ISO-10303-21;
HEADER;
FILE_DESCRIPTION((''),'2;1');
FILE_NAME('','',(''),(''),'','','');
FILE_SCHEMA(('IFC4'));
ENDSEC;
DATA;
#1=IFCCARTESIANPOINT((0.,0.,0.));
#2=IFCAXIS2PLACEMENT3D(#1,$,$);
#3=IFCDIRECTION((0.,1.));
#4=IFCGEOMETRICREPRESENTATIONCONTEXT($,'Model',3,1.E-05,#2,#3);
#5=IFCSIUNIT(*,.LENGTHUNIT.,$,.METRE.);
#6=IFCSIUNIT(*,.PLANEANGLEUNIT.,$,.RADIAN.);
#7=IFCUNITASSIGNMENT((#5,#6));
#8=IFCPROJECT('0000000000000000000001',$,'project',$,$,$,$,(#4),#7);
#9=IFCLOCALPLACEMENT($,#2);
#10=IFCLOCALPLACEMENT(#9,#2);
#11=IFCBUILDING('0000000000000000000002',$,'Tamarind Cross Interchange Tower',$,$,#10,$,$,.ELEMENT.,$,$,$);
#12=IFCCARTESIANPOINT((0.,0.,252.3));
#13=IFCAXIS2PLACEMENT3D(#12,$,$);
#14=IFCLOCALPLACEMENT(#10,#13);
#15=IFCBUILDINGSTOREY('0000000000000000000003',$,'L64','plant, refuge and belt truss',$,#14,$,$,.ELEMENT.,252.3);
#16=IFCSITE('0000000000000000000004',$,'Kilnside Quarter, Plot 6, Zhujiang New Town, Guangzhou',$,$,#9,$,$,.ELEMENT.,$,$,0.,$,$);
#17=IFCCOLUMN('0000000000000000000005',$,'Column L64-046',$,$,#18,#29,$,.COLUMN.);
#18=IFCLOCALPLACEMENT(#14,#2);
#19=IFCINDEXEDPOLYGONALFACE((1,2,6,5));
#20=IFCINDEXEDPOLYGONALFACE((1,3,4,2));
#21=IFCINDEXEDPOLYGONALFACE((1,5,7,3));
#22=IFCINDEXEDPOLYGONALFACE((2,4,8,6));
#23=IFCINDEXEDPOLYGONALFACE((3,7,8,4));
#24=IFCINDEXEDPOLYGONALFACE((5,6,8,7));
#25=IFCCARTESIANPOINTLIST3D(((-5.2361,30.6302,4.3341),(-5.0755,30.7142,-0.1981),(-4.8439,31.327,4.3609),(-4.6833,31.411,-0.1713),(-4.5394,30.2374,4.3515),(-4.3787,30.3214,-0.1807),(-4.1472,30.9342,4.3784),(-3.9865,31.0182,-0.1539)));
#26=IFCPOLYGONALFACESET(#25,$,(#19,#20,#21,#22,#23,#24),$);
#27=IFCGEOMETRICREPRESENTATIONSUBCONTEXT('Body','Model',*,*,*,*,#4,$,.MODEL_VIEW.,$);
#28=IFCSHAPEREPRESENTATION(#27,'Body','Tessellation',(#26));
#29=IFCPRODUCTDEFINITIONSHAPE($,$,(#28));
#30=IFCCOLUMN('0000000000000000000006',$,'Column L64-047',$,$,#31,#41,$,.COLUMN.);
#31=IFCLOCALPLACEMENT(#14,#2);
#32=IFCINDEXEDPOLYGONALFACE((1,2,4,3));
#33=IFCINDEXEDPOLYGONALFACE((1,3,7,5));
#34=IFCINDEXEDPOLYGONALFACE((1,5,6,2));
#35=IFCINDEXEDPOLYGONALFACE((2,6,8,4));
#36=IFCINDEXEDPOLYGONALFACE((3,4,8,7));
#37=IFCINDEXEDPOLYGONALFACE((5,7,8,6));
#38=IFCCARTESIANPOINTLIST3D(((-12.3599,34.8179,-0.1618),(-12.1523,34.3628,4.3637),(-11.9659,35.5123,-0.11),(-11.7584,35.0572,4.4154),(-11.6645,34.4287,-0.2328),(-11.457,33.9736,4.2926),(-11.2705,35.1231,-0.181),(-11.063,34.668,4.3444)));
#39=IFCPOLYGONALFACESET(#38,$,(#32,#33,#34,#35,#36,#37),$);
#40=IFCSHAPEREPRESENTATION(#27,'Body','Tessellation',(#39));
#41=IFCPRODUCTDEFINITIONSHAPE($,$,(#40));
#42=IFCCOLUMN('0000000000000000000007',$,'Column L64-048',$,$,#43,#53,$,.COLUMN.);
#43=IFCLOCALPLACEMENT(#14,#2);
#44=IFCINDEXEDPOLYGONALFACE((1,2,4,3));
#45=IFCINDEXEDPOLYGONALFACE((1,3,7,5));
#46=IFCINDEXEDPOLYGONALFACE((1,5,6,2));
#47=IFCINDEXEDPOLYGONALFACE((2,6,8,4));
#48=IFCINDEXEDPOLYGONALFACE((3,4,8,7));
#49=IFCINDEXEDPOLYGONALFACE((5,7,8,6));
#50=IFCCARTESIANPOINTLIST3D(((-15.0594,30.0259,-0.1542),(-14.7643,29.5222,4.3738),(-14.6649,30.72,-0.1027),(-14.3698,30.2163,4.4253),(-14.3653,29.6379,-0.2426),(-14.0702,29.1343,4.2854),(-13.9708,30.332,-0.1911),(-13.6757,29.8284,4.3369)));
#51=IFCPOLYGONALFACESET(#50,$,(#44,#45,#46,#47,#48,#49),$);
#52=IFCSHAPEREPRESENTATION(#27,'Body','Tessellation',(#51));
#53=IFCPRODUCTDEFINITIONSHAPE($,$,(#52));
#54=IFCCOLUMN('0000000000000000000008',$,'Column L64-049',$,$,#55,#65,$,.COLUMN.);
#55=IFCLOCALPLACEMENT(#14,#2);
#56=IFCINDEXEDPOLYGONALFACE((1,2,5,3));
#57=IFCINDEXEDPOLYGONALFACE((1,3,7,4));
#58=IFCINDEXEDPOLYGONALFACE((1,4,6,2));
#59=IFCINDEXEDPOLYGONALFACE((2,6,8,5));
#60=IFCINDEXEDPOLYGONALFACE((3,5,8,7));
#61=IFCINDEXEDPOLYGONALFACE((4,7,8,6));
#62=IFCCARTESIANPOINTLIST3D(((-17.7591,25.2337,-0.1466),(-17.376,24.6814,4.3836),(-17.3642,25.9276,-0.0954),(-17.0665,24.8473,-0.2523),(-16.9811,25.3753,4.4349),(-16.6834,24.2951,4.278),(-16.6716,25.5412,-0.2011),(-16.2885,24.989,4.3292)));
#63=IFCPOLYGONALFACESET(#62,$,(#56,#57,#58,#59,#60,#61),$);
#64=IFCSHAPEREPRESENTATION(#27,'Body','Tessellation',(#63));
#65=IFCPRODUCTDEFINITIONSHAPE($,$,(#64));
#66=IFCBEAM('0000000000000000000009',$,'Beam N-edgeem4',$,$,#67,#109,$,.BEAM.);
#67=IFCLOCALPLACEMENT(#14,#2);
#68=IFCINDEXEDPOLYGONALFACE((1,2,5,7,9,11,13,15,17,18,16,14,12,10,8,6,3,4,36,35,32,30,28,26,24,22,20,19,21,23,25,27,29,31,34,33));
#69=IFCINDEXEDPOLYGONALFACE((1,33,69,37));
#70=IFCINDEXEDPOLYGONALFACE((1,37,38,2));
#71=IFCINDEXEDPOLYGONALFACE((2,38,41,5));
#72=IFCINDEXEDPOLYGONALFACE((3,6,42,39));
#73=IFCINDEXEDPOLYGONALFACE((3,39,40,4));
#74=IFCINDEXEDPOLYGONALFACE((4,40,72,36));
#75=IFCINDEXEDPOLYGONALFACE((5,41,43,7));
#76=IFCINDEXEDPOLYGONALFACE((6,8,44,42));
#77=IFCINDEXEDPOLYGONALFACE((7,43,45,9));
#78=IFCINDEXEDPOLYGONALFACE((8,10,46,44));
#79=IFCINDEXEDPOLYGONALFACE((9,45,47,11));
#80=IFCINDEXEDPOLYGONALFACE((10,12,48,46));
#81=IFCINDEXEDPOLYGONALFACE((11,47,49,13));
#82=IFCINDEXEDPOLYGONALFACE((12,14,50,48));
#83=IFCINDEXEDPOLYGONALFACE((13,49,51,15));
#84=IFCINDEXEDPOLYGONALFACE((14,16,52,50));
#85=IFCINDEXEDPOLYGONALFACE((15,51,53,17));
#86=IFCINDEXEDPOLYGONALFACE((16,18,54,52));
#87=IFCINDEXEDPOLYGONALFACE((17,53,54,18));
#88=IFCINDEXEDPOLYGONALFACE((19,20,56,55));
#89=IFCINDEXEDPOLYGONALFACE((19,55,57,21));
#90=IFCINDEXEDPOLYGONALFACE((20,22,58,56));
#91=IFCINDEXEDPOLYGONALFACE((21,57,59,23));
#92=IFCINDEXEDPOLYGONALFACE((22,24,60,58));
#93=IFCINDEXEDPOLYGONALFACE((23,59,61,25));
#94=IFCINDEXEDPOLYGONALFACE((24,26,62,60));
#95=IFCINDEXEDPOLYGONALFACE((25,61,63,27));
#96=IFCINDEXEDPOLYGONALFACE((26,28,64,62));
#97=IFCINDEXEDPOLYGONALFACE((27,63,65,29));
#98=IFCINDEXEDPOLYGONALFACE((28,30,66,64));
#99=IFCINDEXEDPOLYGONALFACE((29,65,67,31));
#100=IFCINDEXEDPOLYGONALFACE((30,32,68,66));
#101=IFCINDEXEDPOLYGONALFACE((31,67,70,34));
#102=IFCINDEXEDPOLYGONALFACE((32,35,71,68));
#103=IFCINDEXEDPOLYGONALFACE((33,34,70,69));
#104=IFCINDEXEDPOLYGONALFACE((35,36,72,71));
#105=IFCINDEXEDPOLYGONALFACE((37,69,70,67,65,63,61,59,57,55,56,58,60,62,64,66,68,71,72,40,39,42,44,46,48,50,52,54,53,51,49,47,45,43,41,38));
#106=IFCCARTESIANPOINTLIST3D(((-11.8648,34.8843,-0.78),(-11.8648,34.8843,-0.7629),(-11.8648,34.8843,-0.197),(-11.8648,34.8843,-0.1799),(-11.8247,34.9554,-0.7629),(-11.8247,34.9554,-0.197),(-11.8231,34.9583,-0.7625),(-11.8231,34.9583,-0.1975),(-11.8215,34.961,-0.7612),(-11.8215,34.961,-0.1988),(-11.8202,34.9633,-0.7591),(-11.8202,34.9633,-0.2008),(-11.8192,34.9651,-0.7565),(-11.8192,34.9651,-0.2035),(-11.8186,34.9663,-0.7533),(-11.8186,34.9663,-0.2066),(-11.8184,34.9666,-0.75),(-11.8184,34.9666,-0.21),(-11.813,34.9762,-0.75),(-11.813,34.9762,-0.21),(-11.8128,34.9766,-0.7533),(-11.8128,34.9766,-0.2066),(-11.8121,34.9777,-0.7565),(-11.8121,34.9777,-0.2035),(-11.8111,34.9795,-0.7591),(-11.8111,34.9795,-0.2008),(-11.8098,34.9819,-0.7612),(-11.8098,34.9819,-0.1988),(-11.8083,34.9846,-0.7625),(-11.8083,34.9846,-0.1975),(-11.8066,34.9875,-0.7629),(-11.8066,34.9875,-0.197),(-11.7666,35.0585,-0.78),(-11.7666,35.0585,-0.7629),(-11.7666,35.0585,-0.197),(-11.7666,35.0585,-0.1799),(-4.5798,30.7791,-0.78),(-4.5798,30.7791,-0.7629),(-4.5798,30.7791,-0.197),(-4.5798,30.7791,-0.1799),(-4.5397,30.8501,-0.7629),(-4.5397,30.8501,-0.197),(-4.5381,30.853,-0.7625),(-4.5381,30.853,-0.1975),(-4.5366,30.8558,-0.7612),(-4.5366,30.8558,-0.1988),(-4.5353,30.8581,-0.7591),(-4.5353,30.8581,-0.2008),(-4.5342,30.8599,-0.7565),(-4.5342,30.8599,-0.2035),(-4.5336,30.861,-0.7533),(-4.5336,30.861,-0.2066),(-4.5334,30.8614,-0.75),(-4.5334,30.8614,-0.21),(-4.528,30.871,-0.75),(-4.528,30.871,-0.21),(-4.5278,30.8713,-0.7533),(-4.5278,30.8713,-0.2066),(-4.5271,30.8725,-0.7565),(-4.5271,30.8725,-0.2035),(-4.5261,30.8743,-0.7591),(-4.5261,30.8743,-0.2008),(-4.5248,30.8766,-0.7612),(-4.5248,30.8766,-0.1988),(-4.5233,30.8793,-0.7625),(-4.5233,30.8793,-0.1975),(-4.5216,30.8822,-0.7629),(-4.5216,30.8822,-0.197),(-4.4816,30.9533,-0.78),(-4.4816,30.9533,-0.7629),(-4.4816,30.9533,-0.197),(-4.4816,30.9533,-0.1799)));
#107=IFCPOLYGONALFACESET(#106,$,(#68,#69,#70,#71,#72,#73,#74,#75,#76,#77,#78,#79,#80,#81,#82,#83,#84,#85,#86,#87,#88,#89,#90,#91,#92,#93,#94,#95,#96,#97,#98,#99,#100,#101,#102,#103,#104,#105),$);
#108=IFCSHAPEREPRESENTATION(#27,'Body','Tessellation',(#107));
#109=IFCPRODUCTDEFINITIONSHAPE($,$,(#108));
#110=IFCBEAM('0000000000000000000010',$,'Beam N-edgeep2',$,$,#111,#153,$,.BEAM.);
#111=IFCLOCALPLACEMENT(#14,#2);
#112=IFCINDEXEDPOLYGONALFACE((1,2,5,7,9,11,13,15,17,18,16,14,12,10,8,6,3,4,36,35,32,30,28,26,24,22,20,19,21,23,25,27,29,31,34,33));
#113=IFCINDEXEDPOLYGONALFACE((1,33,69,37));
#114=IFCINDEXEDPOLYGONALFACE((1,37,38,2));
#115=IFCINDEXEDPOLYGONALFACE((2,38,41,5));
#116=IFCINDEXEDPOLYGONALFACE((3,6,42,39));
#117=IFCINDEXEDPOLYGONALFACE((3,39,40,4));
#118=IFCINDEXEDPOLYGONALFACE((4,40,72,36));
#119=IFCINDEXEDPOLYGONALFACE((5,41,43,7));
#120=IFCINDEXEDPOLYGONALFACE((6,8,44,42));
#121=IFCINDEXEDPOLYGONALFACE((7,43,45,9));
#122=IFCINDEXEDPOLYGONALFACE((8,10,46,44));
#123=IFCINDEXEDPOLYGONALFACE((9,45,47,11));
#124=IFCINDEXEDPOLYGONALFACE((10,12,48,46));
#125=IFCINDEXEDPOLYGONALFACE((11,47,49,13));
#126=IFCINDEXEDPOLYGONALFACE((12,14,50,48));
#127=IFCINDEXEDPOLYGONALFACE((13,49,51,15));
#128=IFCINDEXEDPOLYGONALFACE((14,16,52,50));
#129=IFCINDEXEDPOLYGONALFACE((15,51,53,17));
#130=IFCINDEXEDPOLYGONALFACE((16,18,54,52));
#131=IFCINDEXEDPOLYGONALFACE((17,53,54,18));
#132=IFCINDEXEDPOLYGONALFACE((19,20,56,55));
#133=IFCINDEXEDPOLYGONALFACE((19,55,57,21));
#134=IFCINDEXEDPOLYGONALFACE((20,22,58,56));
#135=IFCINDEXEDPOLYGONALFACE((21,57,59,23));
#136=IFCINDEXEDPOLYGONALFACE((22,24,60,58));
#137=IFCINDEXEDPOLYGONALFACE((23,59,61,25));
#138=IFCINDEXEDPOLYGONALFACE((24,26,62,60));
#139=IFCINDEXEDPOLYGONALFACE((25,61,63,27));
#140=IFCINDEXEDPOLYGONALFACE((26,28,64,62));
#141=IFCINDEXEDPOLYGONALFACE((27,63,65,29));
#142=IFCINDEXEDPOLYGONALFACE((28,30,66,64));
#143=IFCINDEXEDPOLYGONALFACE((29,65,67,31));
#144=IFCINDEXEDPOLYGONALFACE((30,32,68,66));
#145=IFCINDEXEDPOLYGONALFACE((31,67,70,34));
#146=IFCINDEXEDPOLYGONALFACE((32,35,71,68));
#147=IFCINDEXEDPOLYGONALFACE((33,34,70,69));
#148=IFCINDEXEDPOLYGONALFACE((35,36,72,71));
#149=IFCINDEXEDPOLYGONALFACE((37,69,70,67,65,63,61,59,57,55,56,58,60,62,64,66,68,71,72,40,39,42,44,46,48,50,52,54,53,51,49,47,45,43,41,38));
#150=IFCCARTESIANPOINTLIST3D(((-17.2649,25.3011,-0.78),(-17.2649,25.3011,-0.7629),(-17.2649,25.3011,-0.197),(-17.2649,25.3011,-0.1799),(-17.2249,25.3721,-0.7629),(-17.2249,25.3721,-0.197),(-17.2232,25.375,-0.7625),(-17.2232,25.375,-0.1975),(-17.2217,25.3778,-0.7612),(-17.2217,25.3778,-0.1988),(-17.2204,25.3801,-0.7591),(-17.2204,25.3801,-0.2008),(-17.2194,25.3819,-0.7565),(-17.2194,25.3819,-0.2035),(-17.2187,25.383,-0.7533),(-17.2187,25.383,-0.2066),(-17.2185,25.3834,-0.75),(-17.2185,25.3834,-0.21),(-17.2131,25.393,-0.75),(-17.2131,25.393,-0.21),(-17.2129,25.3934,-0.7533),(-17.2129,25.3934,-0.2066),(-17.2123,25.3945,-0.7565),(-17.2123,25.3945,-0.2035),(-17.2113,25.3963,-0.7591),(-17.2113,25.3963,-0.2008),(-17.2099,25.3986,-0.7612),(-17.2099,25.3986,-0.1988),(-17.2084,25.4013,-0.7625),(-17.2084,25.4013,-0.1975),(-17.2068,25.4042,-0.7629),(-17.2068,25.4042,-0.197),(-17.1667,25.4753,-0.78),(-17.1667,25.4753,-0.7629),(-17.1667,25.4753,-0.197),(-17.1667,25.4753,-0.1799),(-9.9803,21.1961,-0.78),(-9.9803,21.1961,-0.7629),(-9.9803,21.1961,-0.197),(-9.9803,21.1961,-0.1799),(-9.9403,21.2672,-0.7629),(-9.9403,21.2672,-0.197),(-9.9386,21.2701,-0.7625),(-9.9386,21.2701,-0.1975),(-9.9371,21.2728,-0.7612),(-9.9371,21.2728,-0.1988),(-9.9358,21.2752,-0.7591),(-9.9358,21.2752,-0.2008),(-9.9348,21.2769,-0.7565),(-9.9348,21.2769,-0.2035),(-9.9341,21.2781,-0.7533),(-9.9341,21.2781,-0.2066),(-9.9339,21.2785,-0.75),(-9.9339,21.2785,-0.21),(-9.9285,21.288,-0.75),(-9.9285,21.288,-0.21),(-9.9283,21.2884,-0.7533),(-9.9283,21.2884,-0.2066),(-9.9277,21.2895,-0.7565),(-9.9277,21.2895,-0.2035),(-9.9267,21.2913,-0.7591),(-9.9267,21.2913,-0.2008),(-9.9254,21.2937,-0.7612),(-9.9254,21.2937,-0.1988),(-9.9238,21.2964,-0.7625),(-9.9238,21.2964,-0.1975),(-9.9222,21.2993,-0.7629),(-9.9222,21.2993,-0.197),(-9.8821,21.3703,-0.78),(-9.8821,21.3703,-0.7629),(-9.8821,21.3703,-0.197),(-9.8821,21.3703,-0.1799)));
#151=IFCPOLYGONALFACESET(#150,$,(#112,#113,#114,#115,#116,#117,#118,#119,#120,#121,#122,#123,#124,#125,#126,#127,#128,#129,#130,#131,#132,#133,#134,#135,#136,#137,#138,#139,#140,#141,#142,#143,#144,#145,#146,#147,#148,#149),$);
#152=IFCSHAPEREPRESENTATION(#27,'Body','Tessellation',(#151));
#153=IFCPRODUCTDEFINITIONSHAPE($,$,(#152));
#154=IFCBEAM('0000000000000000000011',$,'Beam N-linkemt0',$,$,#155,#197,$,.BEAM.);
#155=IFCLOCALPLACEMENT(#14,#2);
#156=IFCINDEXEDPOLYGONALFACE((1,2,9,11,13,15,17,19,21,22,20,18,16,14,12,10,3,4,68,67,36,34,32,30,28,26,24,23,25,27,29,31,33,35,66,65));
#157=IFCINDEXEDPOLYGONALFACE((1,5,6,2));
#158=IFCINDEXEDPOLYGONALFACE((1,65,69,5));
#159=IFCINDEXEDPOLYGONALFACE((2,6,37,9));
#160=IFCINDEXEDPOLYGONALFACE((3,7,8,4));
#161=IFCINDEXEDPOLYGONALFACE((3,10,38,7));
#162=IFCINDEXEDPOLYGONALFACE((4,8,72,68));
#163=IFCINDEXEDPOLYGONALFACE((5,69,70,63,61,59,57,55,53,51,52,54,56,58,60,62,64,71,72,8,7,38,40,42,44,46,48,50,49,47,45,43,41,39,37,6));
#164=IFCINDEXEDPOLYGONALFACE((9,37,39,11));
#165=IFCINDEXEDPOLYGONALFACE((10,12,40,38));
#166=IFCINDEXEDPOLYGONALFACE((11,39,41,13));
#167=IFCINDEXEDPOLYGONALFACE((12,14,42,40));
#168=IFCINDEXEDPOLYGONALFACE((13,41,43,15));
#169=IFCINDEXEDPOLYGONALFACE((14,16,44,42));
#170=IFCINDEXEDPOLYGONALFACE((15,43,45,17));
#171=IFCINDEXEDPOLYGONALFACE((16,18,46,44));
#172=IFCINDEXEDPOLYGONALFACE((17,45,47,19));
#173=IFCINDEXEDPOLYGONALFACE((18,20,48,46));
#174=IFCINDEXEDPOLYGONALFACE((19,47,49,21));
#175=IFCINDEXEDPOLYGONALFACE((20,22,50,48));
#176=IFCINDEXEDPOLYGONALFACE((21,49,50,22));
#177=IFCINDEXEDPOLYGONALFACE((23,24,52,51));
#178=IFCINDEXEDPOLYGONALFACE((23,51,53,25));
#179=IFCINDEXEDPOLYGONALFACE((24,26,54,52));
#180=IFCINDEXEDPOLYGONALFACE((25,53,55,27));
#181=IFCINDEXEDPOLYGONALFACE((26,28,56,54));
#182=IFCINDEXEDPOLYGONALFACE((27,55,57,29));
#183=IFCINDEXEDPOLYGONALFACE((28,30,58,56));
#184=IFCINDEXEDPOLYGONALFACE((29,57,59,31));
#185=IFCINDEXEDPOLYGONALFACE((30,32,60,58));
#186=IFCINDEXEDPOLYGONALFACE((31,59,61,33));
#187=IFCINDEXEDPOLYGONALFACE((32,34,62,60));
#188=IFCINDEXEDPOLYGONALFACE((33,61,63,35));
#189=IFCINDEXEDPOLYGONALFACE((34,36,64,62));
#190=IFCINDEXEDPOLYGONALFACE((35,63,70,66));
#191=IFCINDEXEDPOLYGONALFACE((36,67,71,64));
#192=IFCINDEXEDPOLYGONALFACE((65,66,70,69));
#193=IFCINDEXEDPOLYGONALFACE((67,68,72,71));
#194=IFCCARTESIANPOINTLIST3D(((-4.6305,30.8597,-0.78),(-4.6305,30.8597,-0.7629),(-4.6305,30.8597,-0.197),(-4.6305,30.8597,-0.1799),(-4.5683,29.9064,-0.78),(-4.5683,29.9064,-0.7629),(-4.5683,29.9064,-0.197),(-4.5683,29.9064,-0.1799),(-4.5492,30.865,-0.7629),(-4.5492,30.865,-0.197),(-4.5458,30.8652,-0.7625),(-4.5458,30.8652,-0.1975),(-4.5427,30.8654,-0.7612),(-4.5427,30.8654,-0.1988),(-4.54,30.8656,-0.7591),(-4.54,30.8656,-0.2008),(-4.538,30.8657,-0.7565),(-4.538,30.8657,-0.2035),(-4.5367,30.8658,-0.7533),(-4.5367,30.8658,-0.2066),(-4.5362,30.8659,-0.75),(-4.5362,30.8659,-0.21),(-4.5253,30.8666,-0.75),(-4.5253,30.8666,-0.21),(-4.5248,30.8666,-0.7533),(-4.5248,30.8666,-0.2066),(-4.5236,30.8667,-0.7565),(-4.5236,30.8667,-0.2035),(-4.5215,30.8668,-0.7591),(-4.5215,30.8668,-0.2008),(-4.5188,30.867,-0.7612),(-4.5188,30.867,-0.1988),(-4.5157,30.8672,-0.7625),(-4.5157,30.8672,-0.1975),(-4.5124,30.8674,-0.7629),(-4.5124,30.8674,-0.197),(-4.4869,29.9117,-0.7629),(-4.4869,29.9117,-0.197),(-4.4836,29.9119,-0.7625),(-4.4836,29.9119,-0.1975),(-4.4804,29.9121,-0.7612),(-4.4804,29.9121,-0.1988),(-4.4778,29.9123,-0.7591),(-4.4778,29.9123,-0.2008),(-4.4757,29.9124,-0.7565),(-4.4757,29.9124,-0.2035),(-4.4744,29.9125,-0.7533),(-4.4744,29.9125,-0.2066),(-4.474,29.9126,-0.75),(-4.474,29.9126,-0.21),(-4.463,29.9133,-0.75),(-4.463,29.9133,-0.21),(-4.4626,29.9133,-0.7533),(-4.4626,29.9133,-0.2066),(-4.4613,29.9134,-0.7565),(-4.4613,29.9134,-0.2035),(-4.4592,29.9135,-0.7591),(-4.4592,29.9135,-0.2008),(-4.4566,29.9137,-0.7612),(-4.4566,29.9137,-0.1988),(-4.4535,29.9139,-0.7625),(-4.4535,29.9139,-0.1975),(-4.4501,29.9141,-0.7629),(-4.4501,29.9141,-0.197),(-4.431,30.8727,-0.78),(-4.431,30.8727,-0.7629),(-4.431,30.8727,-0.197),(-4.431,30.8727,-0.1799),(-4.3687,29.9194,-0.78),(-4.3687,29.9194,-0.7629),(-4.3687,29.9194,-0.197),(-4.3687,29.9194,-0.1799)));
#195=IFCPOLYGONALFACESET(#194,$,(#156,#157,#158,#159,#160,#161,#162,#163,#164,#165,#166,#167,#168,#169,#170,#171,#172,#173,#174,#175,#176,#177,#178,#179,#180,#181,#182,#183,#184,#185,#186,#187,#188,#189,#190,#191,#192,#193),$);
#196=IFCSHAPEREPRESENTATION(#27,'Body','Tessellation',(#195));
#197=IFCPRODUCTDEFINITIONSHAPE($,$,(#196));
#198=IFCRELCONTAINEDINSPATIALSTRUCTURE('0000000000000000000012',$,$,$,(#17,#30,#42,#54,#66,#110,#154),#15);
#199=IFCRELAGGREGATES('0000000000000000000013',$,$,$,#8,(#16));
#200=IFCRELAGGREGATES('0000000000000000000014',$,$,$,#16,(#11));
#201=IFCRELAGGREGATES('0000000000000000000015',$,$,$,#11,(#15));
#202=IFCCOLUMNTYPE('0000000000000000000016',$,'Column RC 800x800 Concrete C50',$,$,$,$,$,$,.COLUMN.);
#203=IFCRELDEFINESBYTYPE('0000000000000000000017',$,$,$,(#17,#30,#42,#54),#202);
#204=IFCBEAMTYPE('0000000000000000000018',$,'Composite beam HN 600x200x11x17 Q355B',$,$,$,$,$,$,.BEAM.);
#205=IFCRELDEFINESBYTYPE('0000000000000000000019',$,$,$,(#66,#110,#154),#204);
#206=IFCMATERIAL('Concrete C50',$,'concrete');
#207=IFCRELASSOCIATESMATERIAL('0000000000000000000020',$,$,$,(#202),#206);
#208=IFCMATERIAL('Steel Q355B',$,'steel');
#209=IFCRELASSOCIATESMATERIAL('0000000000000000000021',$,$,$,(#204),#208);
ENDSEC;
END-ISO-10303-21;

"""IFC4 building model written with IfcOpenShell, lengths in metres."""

from ifc_helpers import new_model, si_unit, direction, frame, origin, origin_2d, place, context, subcontext, project, spatial, rectangle, i_section, extrude, material, material_profile, profile_set, type_object, element, save


model = new_model("IFC4")

# Units and contexts
model_context = context("Model", 3, precision=1e-05, world=origin(), true_north=direction((0.0, 1.0)))
body_context = subcontext(model_context, "Body", "Model", "MODEL_VIEW")
ifc_project = project(units=[si_unit("LENGTHUNIT", "METRE"), si_unit("PLANEANGLEUNIT", "RADIAN")], contexts=[model_context])

# Site, building, storey
site_placement = place(None, origin())
site = spatial("IfcSite", under=ifc_project, at=site_placement, Name="Kilnside Quarter, Plot 6, Zhujiang New Town, Guangzhou", CompositionType="ELEMENT", RefElevation=0.0)
building_placement = place(site_placement, origin())
building = spatial("IfcBuilding", under=site, at=building_placement, Name="Tamarind Cross Interchange Tower", CompositionType="ELEMENT")
storey_placement = place(building_placement, frame((0.0, 0.0, 252.3)))
storey = spatial("IfcBuildingStorey", under=building, at=storey_placement, Name="L64", Description="plant, refuge and belt truss", CompositionType="ELEMENT", Elevation=252.3)

# Columns
ifc_material_1 = material(Name="Concrete C50", Category="concrete")
ifc_material_profile_1 = material_profile(ifc_material_1, rectangle(XDim=0.8, YDim=0.8, at=origin_2d()), Name="RC 800x800")
ifc_profile_set_1 = profile_set([ifc_material_profile_1], Name="Concrete C50")
column_type = type_object("IfcColumnType", Name="Column RC 800x800 Concrete C50", PredefinedType="COLUMN", material=ifc_profile_set_1)
column_1_placement = place(storey_placement, frame((-4.531, 30.8662, -0.176), z_axis=(-0.035417, -0.018516, 0.999201), x_axis=(0.870901, -0.490977, 0.021771)))
element("IfcColumn", 1, at=column_1_placement, inside=storey, type_object=column_type, Name="Column L64-046", PredefinedType="COLUMN", context=body_context, shape_type="SweptSolid", body=[
    extrude(rectangle(XDim=0.8, YDim=0.8, at=origin_2d()), origin(), (0.0, 0.0, 1.0), 4.5359),
])
column_2_placement = place(storey_placement, frame((-11.8152, 34.9705, -0.1714), z_axis=(0.045579, -0.099952, 0.993948), x_axis=(0.492415, 0.867952, 0.064702)))
element("IfcColumn", 2, at=column_2_placement, inside=storey, type_object=column_type, Name="Column L64-047", PredefinedType="COLUMN", context=body_context, shape_type="SweptSolid", body=[
    extrude(rectangle(XDim=0.8, YDim=0.8, at=origin_2d()), origin(), (0.0, 0.0, 1.0), 4.553),
])
column_3_placement = place(storey_placement, frame((-14.5151, 30.179, -0.1726), z_axis=(0.064654, -0.110324, 0.991791), x_axis=(0.493106, 0.867585, 0.064362)))
element("IfcColumn", 3, at=column_3_placement, inside=storey, type_object=column_type, Name="Column L64-048", PredefinedType="COLUMN", context=body_context, shape_type="SweptSolid", body=[
    extrude(rectangle(XDim=0.8, YDim=0.8, at=origin_2d()), origin(), (0.0, 0.0, 1.0), 4.5654),
])
column_4_placement = place(storey_placement, frame((-17.2153, 25.3875, -0.1738), z_axis=(0.083639, -0.120582, 0.989174), x_axis=(0.493571, 0.867348, 0.063997)))
element("IfcColumn", 4, at=column_4_placement, inside=storey, type_object=column_type, Name="Column L64-049", PredefinedType="COLUMN", context=body_context, shape_type="SweptSolid", body=[
    extrude(rectangle(XDim=0.8, YDim=0.8, at=origin_2d()), origin(), (0.0, 0.0, 1.0), 4.5798),
])

# Beams
ifc_material_2 = material(Name="Steel Q355B", Category="steel")
ifc_material_profile_2 = material_profile(ifc_material_2, i_section(OverallWidth=0.2, OverallDepth=0.6001, WebThickness=0.011, FlangeThickness=0.0171, FilletRadius=0.0129, at=origin_2d()), Name="HN 600x200x11x17")
ifc_profile_set_2 = profile_set([ifc_material_profile_2], Name="Steel Q355B")
beam_type_1 = type_object("IfcBeamType", Name="Composite beam HN 600x200x11x17 Q355B", PredefinedType="BEAM", material=ifc_profile_set_2)
beam_1_placement = place(storey_placement, frame((-11.8157, 34.9714, -0.48), z_axis=(0.871194, -0.490939, 0.0), x_axis=(0.490939, 0.871194, 0.0)))
element("IfcBeam", 5, at=beam_1_placement, inside=storey, type_object=beam_type_1, Name="Beam N-edgeem4", PredefinedType="BEAM", context=body_context, shape_type="SweptSolid", body=[
    extrude(i_section(OverallWidth=0.2, OverallDepth=0.6001, WebThickness=0.011, FlangeThickness=0.0171, FilletRadius=0.0129, at=origin_2d()), origin(), (0.0, 0.0, 1.0), 8.3621),
])
beam_2_placement = place(storey_placement, frame((-17.2158, 25.3882, -0.48), z_axis=(0.871199, -0.490929, 0.0), x_axis=(0.490929, 0.871199, 0.0)))
element("IfcBeam", 6, at=beam_2_placement, inside=storey, type_object=beam_type_1, Name="Beam N-edgeep2", PredefinedType="BEAM", context=body_context, shape_type="SweptSolid", body=[
    extrude(i_section(OverallWidth=0.2, OverallDepth=0.6001, WebThickness=0.011, FlangeThickness=0.0171, FilletRadius=0.0129, at=origin_2d()), origin(), (0.0, 0.0, 1.0), 8.3616),
])
beam_3_placement = place(storey_placement, frame((-4.5308, 30.8662, -0.48), z_axis=(0.065162, -0.997875, 0.0), x_axis=(0.997875, 0.065162, 0.0)))
element("IfcBeam", 7, at=beam_3_placement, inside=storey, type_object=beam_type_1, Name="Beam N-linkemt0", PredefinedType="BEAM", context=body_context, shape_type="SweptSolid", body=[
    extrude(i_section(OverallWidth=0.2, OverallDepth=0.6001, WebThickness=0.011, FlangeThickness=0.0171, FilletRadius=0.0129, at=origin_2d()), origin(), (0.0, 0.0, 1.0), 0.9553),
])

save(model, "model.ifc")
